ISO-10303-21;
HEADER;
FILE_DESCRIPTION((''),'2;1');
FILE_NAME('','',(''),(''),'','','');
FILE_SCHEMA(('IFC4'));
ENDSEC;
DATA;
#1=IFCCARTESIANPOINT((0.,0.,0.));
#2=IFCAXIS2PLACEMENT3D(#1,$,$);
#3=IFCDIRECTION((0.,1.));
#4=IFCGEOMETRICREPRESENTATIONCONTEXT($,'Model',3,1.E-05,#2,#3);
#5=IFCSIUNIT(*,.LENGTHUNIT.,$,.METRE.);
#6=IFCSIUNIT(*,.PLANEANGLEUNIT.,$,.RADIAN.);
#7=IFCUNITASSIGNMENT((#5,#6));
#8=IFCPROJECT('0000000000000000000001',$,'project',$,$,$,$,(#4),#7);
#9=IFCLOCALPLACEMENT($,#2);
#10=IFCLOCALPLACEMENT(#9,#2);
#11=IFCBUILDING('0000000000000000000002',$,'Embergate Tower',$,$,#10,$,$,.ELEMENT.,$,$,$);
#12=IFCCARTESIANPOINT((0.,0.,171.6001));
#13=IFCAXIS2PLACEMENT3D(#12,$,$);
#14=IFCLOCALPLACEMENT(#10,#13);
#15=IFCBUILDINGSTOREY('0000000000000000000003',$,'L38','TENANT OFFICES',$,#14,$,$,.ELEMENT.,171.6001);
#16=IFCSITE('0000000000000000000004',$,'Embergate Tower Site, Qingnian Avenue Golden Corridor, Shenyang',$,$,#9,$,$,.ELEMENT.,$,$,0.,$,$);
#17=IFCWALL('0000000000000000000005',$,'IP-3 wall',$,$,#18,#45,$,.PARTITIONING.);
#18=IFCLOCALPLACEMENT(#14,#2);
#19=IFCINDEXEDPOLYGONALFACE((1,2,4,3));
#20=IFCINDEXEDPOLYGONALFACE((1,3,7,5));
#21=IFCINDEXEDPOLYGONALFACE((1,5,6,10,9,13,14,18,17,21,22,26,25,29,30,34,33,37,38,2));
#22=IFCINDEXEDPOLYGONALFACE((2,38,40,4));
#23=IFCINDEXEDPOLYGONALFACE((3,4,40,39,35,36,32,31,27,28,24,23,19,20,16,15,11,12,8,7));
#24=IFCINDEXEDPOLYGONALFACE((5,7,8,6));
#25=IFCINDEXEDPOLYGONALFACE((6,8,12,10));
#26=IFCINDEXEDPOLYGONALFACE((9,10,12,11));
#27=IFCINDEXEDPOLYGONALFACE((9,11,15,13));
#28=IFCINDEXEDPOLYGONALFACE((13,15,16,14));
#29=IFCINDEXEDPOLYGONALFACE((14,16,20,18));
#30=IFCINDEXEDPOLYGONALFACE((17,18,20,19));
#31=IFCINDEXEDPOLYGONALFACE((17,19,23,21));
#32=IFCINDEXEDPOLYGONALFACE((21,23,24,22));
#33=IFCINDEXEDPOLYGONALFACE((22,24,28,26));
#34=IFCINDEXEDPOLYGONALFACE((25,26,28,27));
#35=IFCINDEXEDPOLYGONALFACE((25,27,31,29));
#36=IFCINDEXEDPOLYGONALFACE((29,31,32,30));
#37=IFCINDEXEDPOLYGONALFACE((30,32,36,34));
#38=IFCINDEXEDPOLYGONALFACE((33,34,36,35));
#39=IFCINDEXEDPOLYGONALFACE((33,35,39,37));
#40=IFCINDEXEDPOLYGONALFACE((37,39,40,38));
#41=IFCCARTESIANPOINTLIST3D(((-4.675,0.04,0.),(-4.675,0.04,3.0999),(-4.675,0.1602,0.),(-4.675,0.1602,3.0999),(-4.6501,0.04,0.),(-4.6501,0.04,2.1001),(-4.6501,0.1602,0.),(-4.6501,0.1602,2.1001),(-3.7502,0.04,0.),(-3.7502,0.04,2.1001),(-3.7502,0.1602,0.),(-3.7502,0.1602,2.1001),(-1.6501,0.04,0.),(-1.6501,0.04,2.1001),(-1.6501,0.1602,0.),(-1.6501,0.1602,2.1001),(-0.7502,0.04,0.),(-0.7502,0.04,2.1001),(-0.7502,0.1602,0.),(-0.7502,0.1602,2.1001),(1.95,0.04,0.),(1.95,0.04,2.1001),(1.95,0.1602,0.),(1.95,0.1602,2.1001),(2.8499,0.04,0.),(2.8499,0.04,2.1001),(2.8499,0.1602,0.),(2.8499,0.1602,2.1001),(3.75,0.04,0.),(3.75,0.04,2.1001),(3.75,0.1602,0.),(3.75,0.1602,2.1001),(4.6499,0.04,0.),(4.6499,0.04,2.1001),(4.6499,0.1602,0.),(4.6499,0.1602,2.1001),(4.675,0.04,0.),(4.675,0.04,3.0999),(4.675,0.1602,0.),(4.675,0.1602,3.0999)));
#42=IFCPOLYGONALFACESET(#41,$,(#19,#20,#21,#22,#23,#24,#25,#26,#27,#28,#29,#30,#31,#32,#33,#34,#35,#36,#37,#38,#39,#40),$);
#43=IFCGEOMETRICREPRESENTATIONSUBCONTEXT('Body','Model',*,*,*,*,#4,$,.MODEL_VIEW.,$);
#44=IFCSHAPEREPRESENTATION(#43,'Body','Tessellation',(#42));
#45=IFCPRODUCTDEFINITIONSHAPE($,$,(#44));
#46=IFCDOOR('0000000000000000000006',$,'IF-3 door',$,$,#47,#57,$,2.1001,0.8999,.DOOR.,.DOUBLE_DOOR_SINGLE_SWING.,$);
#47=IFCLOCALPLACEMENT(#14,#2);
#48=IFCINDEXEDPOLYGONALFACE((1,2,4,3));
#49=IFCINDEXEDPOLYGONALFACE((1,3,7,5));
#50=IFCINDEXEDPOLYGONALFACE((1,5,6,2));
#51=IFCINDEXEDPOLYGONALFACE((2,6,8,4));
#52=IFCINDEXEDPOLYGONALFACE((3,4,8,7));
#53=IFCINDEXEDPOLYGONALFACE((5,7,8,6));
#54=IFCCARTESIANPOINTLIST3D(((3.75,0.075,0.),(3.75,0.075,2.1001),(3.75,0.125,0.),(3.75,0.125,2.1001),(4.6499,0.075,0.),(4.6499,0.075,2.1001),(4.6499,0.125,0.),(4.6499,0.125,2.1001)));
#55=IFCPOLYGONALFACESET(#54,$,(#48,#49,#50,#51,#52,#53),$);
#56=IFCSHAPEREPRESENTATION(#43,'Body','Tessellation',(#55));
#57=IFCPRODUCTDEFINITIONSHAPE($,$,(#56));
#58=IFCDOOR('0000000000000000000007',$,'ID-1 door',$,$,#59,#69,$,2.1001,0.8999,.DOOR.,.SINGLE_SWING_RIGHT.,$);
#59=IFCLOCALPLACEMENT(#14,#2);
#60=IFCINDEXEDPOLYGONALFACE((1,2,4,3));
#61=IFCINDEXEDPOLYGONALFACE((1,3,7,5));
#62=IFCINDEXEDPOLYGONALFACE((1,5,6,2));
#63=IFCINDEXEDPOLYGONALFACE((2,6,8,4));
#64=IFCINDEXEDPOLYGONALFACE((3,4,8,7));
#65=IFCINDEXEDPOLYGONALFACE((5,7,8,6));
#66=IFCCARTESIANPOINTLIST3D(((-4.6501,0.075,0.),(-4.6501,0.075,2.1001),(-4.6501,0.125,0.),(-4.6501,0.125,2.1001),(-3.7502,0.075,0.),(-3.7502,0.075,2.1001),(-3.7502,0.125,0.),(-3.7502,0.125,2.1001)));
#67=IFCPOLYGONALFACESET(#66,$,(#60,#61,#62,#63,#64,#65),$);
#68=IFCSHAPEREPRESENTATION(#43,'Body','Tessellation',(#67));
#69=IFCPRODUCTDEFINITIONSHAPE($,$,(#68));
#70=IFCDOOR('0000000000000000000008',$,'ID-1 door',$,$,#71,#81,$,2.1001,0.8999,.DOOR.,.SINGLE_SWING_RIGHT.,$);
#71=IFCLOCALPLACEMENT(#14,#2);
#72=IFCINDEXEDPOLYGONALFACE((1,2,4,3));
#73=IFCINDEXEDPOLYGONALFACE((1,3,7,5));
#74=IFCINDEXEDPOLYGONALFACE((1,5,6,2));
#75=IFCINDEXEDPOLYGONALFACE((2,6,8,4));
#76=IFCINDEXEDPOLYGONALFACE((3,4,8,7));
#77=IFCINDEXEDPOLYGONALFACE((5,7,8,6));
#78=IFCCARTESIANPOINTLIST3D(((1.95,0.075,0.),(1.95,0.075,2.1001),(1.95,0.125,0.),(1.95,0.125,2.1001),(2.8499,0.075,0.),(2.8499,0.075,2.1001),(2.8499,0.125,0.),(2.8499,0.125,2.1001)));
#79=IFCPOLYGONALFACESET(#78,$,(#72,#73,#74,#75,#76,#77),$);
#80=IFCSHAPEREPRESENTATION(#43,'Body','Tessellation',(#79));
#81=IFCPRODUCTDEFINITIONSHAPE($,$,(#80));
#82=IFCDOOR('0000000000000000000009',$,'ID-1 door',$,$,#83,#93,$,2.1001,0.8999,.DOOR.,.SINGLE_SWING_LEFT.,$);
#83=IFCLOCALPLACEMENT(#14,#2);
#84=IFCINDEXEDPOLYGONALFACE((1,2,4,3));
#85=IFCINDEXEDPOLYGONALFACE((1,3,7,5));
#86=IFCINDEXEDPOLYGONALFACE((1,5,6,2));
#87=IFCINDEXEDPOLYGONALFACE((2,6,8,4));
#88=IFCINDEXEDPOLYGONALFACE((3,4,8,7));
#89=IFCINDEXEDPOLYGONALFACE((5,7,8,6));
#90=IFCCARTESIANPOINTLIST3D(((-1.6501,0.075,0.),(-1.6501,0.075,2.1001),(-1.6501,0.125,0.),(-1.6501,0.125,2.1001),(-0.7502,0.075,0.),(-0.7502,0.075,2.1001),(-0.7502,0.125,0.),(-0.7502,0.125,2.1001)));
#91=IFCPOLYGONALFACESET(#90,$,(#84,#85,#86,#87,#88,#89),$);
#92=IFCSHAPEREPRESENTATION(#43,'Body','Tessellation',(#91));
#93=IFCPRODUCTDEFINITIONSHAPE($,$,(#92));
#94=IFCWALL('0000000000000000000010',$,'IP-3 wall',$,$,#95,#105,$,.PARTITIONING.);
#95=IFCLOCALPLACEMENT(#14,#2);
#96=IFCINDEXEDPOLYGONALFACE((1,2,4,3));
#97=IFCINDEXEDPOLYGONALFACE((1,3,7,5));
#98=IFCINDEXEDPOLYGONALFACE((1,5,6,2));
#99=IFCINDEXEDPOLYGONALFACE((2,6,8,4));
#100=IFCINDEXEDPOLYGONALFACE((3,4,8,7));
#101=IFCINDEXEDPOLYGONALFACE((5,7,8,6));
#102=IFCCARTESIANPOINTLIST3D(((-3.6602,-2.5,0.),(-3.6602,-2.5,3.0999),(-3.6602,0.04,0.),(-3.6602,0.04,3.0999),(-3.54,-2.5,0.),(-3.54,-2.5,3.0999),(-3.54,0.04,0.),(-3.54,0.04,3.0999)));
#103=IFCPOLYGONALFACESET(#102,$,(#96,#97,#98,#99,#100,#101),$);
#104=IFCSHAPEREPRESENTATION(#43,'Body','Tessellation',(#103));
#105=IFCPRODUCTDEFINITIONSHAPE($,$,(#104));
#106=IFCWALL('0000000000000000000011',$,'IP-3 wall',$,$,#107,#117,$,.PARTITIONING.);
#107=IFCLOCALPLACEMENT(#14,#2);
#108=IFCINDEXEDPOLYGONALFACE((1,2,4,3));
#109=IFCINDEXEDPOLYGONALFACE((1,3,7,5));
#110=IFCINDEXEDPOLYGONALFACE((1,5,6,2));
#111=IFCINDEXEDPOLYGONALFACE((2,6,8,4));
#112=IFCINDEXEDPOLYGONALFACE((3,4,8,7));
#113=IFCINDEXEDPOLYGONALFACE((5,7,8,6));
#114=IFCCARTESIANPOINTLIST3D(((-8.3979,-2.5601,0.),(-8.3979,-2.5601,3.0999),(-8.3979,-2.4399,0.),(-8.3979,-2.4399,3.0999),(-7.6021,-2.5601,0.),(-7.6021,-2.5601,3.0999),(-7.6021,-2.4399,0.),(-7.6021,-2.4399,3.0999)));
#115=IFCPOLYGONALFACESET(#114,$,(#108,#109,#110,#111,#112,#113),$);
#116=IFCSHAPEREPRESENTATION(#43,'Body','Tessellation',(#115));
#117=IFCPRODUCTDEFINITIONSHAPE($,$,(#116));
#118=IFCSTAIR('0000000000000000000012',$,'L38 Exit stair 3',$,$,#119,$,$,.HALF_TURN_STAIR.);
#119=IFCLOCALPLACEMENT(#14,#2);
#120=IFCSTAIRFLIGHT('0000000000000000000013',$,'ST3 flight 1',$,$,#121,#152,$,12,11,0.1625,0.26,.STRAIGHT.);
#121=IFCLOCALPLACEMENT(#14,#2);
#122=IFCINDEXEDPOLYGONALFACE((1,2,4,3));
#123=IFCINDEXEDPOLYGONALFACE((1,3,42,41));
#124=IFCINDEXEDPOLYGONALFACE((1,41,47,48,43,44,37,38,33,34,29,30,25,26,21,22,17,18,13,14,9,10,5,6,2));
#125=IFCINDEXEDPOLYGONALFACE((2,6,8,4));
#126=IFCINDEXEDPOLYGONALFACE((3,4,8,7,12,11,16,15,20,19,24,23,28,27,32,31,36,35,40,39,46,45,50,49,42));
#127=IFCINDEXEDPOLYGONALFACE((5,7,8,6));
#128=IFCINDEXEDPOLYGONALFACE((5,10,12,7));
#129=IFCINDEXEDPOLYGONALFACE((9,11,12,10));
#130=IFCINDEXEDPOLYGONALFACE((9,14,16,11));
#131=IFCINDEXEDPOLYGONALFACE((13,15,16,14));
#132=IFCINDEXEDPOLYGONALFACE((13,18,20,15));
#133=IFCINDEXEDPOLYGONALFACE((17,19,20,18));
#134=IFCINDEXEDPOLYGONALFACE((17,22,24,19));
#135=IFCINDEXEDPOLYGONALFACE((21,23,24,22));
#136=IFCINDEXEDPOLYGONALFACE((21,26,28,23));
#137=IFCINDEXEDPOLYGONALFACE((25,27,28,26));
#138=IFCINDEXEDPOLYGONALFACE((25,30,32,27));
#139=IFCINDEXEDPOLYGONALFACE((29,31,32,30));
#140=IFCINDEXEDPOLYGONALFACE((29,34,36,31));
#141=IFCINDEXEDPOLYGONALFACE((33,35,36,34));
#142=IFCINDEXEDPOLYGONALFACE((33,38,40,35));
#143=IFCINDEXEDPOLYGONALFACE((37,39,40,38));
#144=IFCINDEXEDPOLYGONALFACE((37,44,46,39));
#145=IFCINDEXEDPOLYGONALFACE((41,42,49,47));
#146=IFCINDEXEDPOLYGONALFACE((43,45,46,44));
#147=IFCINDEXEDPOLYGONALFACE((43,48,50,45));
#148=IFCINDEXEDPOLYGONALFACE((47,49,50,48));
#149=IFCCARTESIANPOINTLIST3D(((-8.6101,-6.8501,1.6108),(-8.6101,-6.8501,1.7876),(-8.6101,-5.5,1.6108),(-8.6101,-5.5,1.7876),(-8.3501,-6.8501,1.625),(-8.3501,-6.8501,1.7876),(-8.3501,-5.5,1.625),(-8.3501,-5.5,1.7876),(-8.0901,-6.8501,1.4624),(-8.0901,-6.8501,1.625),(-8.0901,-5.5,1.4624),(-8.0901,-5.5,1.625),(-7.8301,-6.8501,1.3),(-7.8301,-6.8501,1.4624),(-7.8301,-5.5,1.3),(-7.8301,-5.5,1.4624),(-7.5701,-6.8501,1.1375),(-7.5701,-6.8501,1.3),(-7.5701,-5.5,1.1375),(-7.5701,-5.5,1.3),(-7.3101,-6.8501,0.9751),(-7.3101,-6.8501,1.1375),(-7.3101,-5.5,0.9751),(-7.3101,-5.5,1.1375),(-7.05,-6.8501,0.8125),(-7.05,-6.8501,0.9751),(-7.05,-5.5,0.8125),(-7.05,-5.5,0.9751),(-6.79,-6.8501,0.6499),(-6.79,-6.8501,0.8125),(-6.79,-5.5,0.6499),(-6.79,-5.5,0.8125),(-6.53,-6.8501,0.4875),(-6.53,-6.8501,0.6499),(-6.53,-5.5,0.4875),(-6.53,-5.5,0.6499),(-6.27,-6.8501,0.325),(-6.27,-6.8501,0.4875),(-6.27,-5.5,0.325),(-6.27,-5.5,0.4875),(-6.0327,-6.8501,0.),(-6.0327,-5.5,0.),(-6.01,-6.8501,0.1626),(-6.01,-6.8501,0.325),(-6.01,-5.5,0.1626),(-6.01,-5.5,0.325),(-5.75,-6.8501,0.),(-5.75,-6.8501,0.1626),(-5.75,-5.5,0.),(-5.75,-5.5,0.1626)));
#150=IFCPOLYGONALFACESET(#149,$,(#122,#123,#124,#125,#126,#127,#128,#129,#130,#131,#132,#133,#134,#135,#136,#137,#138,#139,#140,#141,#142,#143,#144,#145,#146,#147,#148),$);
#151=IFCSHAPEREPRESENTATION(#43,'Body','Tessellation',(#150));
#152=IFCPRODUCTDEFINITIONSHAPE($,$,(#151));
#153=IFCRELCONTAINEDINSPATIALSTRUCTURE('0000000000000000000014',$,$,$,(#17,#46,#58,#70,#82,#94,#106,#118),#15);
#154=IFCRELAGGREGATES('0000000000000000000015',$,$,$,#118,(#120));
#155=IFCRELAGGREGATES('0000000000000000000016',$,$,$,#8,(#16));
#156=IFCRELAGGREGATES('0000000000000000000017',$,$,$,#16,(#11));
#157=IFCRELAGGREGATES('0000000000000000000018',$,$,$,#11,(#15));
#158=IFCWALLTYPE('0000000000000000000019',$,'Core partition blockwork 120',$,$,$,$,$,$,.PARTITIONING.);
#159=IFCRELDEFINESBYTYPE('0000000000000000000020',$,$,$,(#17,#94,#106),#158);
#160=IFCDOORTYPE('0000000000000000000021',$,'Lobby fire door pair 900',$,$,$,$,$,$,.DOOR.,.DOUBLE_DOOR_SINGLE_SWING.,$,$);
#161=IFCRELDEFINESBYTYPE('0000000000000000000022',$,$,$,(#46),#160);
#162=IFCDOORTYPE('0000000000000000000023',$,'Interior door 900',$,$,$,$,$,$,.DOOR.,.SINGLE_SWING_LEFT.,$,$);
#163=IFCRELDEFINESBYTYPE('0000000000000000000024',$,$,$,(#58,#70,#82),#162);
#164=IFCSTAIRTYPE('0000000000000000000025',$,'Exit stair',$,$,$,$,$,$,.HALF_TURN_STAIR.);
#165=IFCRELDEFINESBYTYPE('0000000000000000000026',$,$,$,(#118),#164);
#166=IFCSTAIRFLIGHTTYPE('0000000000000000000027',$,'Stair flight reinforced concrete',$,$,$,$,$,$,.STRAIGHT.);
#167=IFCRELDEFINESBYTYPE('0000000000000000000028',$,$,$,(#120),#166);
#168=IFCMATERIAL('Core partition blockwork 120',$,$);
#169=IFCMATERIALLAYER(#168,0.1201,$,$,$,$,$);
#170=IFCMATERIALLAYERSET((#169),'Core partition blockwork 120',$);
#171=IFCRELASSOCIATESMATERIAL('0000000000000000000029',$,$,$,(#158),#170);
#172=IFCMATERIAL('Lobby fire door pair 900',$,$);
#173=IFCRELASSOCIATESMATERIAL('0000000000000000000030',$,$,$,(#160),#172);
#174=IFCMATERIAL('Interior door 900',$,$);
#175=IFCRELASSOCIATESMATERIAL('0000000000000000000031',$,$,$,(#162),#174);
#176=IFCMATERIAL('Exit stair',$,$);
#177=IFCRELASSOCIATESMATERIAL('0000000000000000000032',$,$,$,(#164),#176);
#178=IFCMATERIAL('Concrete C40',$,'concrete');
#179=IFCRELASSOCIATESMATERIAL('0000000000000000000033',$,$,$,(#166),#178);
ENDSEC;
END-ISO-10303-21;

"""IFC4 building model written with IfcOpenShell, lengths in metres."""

from ifc_helpers import new_model, si_unit, direction, frame, frame_2d, origin, place, context, subcontext, project, spatial, polyline, rectangle, outline, extrude, source, transform, mapped, material, layer, layer_set, type_object, element, fill, aggregate, save


model = new_model("IFC4")

# Units and contexts
model_context = context("Model", 3, precision=1e-05, world=origin(), true_north=direction((0.0, 1.0)))
body_context = subcontext(model_context, "Body", "Model", "MODEL_VIEW")
ifc_project = project(units=[si_unit("LENGTHUNIT", "METRE"), si_unit("PLANEANGLEUNIT", "RADIAN")], contexts=[model_context])

# Site, building, storey
site_placement = place(None, origin())
site = spatial("IfcSite", under=ifc_project, at=site_placement, Name="Embergate Tower Site, Qingnian Avenue Golden Corridor, Shenyang", CompositionType="ELEMENT", RefElevation=0.0)
building_placement = place(site_placement, origin())
building = spatial("IfcBuilding", under=site, at=building_placement, Name="Embergate Tower", CompositionType="ELEMENT")
storey_placement = place(building_placement, frame((0.0, 0.0, 171.6001)))
storey = spatial("IfcBuildingStorey", under=building, at=storey_placement, Name="L38", Description="TENANT OFFICES", CompositionType="ELEMENT", Elevation=171.6001)

# Shared definitions
ifc_material_1 = material(Name="Core partition blockwork 120")
ifc_layer_1 = layer(ifc_material_1, 0.1201)
ifc_layer_set_1 = layer_set([ifc_layer_1], Name="Core partition blockwork 120")
wall_type_1 = type_object("IfcWallType", Name="Core partition blockwork 120", PredefinedType="PARTITIONING", material=ifc_layer_set_1)

# Wall, openings, doors
shared_shape_1 = source(origin(), body_context, "Body", "SweptSolid", [
    extrude(rectangle(XDim=9.3501, YDim=0.1201, at=frame_2d((4.675, 0.0))), origin(), (0.0, 0.0, 1.0), 3.0999),
])
wall_1_placement = place(storey_placement, frame((-4.675, 0.1001, 0.0), z_axis=(0.0, 0.0, 1.0), x_axis=(1.0, 0.0, 0.0)))
wall_1 = element("IfcWall", 1, at=wall_1_placement, inside=storey, type_object=wall_type_1, Name="IP-3 wall", PredefinedType="PARTITIONING", context=body_context, shape_type="MappedRepresentation", body=[
    mapped(shared_shape_1, transform((0.0, 0.0, 0.0))),
])
shared_shape_2 = source(origin(), body_context, "Body", "SweptSolid", [
    extrude(rectangle(XDim=0.8999, YDim=2.1001, at=frame_2d((0.45, 1.05))), frame((0.0, 0.0701, 0.0), z_axis=(0.0, -1.0, 0.0), x_axis=(1.0, 0.0, 0.0)), (0.0, 0.0, 1.0), 0.1401),
])
opening_1_placement = place(wall_1_placement, frame((8.425, 0.0, 0.0)))
opening_1 = element("IfcOpeningElement", 2, at=opening_1_placement, cuts=wall_1, PredefinedType="OPENING", context=body_context, shape_type="MappedRepresentation", body=[
    mapped(shared_shape_2, transform((0.0, 0.0, 0.0))),
])
opening_2_placement = place(wall_1_placement, frame((0.0249, 0.0, 0.0)))
opening_2 = element("IfcOpeningElement", 3, at=opening_2_placement, cuts=wall_1, PredefinedType="OPENING", context=body_context, shape_type="MappedRepresentation", body=[
    mapped(shared_shape_2, transform((0.0, 0.0, 0.0))),
])
opening_3_placement = place(wall_1_placement, frame((6.625, 0.0, 0.0)))
opening_3 = element("IfcOpeningElement", 4, at=opening_3_placement, cuts=wall_1, PredefinedType="OPENING", context=body_context, shape_type="MappedRepresentation", body=[
    mapped(shared_shape_2, transform((0.0, 0.0, 0.0))),
])
opening_4_placement = place(wall_1_placement, frame((3.0249, 0.0, 0.0)))
opening_4 = element("IfcOpeningElement", 5, at=opening_4_placement, cuts=wall_1, PredefinedType="OPENING", context=body_context, shape_type="MappedRepresentation", body=[
    mapped(shared_shape_2, transform((0.0, 0.0, 0.0))),
])
ifc_material_2 = material(Name="Lobby fire door pair 900")
door_type_1 = type_object("IfcDoorType", Name="Lobby fire door pair 900", OperationType="DOUBLE_DOOR_SINGLE_SWING", PredefinedType="DOOR", material=ifc_material_2)
shared_shape_3 = source(origin(), body_context, "Body", "SweptSolid", [
    extrude(rectangle(XDim=0.8999, YDim=2.1001, at=frame_2d((0.45, 1.05))), frame((0.0, 0.0249, 0.0), z_axis=(0.0, -1.0, 0.0), x_axis=(1.0, 0.0, 0.0)), (0.0, 0.0, 1.0), 0.05),
])
door_1_placement = place(opening_1_placement, origin())
door_1 = element("IfcDoor", 6, at=door_1_placement, inside=storey, type_object=door_type_1, Name="IF-3 door", OperationType="DOUBLE_DOOR_SINGLE_SWING", OverallHeight=2.1001, OverallWidth=0.8999, PredefinedType="DOOR", context=body_context, shape_type="MappedRepresentation", body=[
    mapped(shared_shape_3, transform((0.0, 0.0, 0.0))),
])
fill(opening_1, door_1)
ifc_material_3 = material(Name="Interior door 900")
door_type_2 = type_object("IfcDoorType", Name="Interior door 900", OperationType="SINGLE_SWING_LEFT", PredefinedType="DOOR", material=ifc_material_3)
door_2_placement = place(opening_2_placement, origin())
door_2 = element("IfcDoor", 7, at=door_2_placement, inside=storey, type_object=door_type_2, Name="ID-1 door", OperationType="SINGLE_SWING_RIGHT", OverallHeight=2.1001, OverallWidth=0.8999, PredefinedType="DOOR", context=body_context, shape_type="MappedRepresentation", body=[
    mapped(shared_shape_3, transform((0.0, 0.0, 0.0))),
])
fill(opening_2, door_2)
door_3_placement = place(opening_3_placement, origin())
door_3 = element("IfcDoor", 8, at=door_3_placement, inside=storey, type_object=door_type_2, Name="ID-1 door", OperationType="SINGLE_SWING_RIGHT", OverallHeight=2.1001, OverallWidth=0.8999, PredefinedType="DOOR", context=body_context, shape_type="MappedRepresentation", body=[
    mapped(shared_shape_3, transform((0.0, 0.0, 0.0))),
])
fill(opening_3, door_3)
door_4_placement = place(opening_4_placement, origin())
door_4 = element("IfcDoor", 9, at=door_4_placement, inside=storey, type_object=door_type_2, Name="ID-1 door", OperationType="SINGLE_SWING_LEFT", OverallHeight=2.1001, OverallWidth=0.8999, PredefinedType="DOOR", context=body_context, shape_type="MappedRepresentation", body=[
    mapped(shared_shape_3, transform((0.0, 0.0, 0.0))),
])
fill(opening_4, door_4)

# Walls
shared_shape_4 = source(origin(), body_context, "Body", "SweptSolid", [
    extrude(rectangle(XDim=2.54, YDim=0.1201, at=frame_2d((1.27, 0.0))), origin(), (0.0, 0.0, 1.0), 3.0999),
])
wall_2_placement = place(storey_placement, frame((-3.6001, -2.5, 0.0), z_axis=(0.0, 0.0, 1.0), x_axis=(0.0, 1.0, 0.0)))
element("IfcWall", 10, at=wall_2_placement, inside=storey, type_object=wall_type_1, Name="IP-3 wall", PredefinedType="PARTITIONING", context=body_context, shape_type="MappedRepresentation", body=[
    mapped(shared_shape_4, transform((0.0, 0.0, 0.0))),
])
shared_shape_5 = source(origin(), body_context, "Body", "SweptSolid", [
    extrude(rectangle(XDim=0.7959, YDim=0.1201, at=frame_2d((0.3979, 0.0))), origin(), (0.0, 0.0, 1.0), 3.0999),
])
wall_3_placement = place(storey_placement, frame((-8.3979, -2.5, 0.0), z_axis=(0.0, 0.0, 1.0), x_axis=(1.0, 0.0, 0.0)))
element("IfcWall", 11, at=wall_3_placement, inside=storey, type_object=wall_type_1, Name="IP-3 wall", PredefinedType="PARTITIONING", context=body_context, shape_type="MappedRepresentation", body=[
    mapped(shared_shape_5, transform((0.0, 0.0, 0.0))),
])

# Stair, stair flight
ifc_material_4 = material(Name="Exit stair")
stair_type = type_object("IfcStairType", Name="Exit stair", PredefinedType="HALF_TURN_STAIR", material=ifc_material_4)
stair_placement = place(storey_placement, origin())
stair = element("IfcStair", 12, at=stair_placement, inside=storey, type_object=stair_type, Name="L38 Exit stair 3", PredefinedType="HALF_TURN_STAIR")
ifc_material_5 = material(Name="Concrete C40", Category="concrete")
stair_flight_type = type_object("IfcStairFlightType", Name="Stair flight reinforced concrete", PredefinedType="STRAIGHT", material=ifc_material_5)
shared_shape_6 = source(origin(), body_context, "Body", "SweptSolid", [
    extrude(outline(polyline([(0.0, 0.0), (0.0, 0.1626), (0.26, 0.1626), (0.26, 0.325), (0.52, 0.325), (0.52, 0.4875), (0.78, 0.4875), (0.78, 0.6499), (1.04, 0.6499), (1.04, 0.8125), (1.3, 0.8125), (1.3, 0.9751), (1.5601, 0.9751), (1.5601, 1.1375), (1.8201, 1.1375), (1.8201, 1.3), (2.0801, 1.3), (2.0801, 1.4624), (2.3401, 1.4624), (2.3401, 1.625), (2.6001, 1.625), (2.6001, 1.7876), (2.8601, 1.7876), (2.8601, 1.95), (2.8601, 1.6108), (0.2827, 0.0), (0.0, 0.0)])), frame((0.0, 0.675, 0.0), z_axis=(0.0, -1.0, 0.0), x_axis=(1.0, 0.0, 0.0)), (0.0, 0.0, 1.0), 1.3501),
])
stair_flight_placement = place(storey_placement, frame((-5.75, -6.175, 0.0), z_axis=(0.0, 0.0, 1.0), x_axis=(-1.0, 0.0, 0.0)))
stair_flight = element("IfcStairFlight", 13, at=stair_flight_placement, type_object=stair_flight_type, Name="ST3 flight 1", NumberOfRisers=12, NumberOfTreads=11, PredefinedType="STRAIGHT", RiserHeight=0.1625, TreadLength=0.26, context=body_context, shape_type="MappedRepresentation", body=[
    mapped(shared_shape_6, transform((0.0, 0.0, 0.0))),
])
aggregate(stair, [stair_flight])

save(model, "model.ifc")
